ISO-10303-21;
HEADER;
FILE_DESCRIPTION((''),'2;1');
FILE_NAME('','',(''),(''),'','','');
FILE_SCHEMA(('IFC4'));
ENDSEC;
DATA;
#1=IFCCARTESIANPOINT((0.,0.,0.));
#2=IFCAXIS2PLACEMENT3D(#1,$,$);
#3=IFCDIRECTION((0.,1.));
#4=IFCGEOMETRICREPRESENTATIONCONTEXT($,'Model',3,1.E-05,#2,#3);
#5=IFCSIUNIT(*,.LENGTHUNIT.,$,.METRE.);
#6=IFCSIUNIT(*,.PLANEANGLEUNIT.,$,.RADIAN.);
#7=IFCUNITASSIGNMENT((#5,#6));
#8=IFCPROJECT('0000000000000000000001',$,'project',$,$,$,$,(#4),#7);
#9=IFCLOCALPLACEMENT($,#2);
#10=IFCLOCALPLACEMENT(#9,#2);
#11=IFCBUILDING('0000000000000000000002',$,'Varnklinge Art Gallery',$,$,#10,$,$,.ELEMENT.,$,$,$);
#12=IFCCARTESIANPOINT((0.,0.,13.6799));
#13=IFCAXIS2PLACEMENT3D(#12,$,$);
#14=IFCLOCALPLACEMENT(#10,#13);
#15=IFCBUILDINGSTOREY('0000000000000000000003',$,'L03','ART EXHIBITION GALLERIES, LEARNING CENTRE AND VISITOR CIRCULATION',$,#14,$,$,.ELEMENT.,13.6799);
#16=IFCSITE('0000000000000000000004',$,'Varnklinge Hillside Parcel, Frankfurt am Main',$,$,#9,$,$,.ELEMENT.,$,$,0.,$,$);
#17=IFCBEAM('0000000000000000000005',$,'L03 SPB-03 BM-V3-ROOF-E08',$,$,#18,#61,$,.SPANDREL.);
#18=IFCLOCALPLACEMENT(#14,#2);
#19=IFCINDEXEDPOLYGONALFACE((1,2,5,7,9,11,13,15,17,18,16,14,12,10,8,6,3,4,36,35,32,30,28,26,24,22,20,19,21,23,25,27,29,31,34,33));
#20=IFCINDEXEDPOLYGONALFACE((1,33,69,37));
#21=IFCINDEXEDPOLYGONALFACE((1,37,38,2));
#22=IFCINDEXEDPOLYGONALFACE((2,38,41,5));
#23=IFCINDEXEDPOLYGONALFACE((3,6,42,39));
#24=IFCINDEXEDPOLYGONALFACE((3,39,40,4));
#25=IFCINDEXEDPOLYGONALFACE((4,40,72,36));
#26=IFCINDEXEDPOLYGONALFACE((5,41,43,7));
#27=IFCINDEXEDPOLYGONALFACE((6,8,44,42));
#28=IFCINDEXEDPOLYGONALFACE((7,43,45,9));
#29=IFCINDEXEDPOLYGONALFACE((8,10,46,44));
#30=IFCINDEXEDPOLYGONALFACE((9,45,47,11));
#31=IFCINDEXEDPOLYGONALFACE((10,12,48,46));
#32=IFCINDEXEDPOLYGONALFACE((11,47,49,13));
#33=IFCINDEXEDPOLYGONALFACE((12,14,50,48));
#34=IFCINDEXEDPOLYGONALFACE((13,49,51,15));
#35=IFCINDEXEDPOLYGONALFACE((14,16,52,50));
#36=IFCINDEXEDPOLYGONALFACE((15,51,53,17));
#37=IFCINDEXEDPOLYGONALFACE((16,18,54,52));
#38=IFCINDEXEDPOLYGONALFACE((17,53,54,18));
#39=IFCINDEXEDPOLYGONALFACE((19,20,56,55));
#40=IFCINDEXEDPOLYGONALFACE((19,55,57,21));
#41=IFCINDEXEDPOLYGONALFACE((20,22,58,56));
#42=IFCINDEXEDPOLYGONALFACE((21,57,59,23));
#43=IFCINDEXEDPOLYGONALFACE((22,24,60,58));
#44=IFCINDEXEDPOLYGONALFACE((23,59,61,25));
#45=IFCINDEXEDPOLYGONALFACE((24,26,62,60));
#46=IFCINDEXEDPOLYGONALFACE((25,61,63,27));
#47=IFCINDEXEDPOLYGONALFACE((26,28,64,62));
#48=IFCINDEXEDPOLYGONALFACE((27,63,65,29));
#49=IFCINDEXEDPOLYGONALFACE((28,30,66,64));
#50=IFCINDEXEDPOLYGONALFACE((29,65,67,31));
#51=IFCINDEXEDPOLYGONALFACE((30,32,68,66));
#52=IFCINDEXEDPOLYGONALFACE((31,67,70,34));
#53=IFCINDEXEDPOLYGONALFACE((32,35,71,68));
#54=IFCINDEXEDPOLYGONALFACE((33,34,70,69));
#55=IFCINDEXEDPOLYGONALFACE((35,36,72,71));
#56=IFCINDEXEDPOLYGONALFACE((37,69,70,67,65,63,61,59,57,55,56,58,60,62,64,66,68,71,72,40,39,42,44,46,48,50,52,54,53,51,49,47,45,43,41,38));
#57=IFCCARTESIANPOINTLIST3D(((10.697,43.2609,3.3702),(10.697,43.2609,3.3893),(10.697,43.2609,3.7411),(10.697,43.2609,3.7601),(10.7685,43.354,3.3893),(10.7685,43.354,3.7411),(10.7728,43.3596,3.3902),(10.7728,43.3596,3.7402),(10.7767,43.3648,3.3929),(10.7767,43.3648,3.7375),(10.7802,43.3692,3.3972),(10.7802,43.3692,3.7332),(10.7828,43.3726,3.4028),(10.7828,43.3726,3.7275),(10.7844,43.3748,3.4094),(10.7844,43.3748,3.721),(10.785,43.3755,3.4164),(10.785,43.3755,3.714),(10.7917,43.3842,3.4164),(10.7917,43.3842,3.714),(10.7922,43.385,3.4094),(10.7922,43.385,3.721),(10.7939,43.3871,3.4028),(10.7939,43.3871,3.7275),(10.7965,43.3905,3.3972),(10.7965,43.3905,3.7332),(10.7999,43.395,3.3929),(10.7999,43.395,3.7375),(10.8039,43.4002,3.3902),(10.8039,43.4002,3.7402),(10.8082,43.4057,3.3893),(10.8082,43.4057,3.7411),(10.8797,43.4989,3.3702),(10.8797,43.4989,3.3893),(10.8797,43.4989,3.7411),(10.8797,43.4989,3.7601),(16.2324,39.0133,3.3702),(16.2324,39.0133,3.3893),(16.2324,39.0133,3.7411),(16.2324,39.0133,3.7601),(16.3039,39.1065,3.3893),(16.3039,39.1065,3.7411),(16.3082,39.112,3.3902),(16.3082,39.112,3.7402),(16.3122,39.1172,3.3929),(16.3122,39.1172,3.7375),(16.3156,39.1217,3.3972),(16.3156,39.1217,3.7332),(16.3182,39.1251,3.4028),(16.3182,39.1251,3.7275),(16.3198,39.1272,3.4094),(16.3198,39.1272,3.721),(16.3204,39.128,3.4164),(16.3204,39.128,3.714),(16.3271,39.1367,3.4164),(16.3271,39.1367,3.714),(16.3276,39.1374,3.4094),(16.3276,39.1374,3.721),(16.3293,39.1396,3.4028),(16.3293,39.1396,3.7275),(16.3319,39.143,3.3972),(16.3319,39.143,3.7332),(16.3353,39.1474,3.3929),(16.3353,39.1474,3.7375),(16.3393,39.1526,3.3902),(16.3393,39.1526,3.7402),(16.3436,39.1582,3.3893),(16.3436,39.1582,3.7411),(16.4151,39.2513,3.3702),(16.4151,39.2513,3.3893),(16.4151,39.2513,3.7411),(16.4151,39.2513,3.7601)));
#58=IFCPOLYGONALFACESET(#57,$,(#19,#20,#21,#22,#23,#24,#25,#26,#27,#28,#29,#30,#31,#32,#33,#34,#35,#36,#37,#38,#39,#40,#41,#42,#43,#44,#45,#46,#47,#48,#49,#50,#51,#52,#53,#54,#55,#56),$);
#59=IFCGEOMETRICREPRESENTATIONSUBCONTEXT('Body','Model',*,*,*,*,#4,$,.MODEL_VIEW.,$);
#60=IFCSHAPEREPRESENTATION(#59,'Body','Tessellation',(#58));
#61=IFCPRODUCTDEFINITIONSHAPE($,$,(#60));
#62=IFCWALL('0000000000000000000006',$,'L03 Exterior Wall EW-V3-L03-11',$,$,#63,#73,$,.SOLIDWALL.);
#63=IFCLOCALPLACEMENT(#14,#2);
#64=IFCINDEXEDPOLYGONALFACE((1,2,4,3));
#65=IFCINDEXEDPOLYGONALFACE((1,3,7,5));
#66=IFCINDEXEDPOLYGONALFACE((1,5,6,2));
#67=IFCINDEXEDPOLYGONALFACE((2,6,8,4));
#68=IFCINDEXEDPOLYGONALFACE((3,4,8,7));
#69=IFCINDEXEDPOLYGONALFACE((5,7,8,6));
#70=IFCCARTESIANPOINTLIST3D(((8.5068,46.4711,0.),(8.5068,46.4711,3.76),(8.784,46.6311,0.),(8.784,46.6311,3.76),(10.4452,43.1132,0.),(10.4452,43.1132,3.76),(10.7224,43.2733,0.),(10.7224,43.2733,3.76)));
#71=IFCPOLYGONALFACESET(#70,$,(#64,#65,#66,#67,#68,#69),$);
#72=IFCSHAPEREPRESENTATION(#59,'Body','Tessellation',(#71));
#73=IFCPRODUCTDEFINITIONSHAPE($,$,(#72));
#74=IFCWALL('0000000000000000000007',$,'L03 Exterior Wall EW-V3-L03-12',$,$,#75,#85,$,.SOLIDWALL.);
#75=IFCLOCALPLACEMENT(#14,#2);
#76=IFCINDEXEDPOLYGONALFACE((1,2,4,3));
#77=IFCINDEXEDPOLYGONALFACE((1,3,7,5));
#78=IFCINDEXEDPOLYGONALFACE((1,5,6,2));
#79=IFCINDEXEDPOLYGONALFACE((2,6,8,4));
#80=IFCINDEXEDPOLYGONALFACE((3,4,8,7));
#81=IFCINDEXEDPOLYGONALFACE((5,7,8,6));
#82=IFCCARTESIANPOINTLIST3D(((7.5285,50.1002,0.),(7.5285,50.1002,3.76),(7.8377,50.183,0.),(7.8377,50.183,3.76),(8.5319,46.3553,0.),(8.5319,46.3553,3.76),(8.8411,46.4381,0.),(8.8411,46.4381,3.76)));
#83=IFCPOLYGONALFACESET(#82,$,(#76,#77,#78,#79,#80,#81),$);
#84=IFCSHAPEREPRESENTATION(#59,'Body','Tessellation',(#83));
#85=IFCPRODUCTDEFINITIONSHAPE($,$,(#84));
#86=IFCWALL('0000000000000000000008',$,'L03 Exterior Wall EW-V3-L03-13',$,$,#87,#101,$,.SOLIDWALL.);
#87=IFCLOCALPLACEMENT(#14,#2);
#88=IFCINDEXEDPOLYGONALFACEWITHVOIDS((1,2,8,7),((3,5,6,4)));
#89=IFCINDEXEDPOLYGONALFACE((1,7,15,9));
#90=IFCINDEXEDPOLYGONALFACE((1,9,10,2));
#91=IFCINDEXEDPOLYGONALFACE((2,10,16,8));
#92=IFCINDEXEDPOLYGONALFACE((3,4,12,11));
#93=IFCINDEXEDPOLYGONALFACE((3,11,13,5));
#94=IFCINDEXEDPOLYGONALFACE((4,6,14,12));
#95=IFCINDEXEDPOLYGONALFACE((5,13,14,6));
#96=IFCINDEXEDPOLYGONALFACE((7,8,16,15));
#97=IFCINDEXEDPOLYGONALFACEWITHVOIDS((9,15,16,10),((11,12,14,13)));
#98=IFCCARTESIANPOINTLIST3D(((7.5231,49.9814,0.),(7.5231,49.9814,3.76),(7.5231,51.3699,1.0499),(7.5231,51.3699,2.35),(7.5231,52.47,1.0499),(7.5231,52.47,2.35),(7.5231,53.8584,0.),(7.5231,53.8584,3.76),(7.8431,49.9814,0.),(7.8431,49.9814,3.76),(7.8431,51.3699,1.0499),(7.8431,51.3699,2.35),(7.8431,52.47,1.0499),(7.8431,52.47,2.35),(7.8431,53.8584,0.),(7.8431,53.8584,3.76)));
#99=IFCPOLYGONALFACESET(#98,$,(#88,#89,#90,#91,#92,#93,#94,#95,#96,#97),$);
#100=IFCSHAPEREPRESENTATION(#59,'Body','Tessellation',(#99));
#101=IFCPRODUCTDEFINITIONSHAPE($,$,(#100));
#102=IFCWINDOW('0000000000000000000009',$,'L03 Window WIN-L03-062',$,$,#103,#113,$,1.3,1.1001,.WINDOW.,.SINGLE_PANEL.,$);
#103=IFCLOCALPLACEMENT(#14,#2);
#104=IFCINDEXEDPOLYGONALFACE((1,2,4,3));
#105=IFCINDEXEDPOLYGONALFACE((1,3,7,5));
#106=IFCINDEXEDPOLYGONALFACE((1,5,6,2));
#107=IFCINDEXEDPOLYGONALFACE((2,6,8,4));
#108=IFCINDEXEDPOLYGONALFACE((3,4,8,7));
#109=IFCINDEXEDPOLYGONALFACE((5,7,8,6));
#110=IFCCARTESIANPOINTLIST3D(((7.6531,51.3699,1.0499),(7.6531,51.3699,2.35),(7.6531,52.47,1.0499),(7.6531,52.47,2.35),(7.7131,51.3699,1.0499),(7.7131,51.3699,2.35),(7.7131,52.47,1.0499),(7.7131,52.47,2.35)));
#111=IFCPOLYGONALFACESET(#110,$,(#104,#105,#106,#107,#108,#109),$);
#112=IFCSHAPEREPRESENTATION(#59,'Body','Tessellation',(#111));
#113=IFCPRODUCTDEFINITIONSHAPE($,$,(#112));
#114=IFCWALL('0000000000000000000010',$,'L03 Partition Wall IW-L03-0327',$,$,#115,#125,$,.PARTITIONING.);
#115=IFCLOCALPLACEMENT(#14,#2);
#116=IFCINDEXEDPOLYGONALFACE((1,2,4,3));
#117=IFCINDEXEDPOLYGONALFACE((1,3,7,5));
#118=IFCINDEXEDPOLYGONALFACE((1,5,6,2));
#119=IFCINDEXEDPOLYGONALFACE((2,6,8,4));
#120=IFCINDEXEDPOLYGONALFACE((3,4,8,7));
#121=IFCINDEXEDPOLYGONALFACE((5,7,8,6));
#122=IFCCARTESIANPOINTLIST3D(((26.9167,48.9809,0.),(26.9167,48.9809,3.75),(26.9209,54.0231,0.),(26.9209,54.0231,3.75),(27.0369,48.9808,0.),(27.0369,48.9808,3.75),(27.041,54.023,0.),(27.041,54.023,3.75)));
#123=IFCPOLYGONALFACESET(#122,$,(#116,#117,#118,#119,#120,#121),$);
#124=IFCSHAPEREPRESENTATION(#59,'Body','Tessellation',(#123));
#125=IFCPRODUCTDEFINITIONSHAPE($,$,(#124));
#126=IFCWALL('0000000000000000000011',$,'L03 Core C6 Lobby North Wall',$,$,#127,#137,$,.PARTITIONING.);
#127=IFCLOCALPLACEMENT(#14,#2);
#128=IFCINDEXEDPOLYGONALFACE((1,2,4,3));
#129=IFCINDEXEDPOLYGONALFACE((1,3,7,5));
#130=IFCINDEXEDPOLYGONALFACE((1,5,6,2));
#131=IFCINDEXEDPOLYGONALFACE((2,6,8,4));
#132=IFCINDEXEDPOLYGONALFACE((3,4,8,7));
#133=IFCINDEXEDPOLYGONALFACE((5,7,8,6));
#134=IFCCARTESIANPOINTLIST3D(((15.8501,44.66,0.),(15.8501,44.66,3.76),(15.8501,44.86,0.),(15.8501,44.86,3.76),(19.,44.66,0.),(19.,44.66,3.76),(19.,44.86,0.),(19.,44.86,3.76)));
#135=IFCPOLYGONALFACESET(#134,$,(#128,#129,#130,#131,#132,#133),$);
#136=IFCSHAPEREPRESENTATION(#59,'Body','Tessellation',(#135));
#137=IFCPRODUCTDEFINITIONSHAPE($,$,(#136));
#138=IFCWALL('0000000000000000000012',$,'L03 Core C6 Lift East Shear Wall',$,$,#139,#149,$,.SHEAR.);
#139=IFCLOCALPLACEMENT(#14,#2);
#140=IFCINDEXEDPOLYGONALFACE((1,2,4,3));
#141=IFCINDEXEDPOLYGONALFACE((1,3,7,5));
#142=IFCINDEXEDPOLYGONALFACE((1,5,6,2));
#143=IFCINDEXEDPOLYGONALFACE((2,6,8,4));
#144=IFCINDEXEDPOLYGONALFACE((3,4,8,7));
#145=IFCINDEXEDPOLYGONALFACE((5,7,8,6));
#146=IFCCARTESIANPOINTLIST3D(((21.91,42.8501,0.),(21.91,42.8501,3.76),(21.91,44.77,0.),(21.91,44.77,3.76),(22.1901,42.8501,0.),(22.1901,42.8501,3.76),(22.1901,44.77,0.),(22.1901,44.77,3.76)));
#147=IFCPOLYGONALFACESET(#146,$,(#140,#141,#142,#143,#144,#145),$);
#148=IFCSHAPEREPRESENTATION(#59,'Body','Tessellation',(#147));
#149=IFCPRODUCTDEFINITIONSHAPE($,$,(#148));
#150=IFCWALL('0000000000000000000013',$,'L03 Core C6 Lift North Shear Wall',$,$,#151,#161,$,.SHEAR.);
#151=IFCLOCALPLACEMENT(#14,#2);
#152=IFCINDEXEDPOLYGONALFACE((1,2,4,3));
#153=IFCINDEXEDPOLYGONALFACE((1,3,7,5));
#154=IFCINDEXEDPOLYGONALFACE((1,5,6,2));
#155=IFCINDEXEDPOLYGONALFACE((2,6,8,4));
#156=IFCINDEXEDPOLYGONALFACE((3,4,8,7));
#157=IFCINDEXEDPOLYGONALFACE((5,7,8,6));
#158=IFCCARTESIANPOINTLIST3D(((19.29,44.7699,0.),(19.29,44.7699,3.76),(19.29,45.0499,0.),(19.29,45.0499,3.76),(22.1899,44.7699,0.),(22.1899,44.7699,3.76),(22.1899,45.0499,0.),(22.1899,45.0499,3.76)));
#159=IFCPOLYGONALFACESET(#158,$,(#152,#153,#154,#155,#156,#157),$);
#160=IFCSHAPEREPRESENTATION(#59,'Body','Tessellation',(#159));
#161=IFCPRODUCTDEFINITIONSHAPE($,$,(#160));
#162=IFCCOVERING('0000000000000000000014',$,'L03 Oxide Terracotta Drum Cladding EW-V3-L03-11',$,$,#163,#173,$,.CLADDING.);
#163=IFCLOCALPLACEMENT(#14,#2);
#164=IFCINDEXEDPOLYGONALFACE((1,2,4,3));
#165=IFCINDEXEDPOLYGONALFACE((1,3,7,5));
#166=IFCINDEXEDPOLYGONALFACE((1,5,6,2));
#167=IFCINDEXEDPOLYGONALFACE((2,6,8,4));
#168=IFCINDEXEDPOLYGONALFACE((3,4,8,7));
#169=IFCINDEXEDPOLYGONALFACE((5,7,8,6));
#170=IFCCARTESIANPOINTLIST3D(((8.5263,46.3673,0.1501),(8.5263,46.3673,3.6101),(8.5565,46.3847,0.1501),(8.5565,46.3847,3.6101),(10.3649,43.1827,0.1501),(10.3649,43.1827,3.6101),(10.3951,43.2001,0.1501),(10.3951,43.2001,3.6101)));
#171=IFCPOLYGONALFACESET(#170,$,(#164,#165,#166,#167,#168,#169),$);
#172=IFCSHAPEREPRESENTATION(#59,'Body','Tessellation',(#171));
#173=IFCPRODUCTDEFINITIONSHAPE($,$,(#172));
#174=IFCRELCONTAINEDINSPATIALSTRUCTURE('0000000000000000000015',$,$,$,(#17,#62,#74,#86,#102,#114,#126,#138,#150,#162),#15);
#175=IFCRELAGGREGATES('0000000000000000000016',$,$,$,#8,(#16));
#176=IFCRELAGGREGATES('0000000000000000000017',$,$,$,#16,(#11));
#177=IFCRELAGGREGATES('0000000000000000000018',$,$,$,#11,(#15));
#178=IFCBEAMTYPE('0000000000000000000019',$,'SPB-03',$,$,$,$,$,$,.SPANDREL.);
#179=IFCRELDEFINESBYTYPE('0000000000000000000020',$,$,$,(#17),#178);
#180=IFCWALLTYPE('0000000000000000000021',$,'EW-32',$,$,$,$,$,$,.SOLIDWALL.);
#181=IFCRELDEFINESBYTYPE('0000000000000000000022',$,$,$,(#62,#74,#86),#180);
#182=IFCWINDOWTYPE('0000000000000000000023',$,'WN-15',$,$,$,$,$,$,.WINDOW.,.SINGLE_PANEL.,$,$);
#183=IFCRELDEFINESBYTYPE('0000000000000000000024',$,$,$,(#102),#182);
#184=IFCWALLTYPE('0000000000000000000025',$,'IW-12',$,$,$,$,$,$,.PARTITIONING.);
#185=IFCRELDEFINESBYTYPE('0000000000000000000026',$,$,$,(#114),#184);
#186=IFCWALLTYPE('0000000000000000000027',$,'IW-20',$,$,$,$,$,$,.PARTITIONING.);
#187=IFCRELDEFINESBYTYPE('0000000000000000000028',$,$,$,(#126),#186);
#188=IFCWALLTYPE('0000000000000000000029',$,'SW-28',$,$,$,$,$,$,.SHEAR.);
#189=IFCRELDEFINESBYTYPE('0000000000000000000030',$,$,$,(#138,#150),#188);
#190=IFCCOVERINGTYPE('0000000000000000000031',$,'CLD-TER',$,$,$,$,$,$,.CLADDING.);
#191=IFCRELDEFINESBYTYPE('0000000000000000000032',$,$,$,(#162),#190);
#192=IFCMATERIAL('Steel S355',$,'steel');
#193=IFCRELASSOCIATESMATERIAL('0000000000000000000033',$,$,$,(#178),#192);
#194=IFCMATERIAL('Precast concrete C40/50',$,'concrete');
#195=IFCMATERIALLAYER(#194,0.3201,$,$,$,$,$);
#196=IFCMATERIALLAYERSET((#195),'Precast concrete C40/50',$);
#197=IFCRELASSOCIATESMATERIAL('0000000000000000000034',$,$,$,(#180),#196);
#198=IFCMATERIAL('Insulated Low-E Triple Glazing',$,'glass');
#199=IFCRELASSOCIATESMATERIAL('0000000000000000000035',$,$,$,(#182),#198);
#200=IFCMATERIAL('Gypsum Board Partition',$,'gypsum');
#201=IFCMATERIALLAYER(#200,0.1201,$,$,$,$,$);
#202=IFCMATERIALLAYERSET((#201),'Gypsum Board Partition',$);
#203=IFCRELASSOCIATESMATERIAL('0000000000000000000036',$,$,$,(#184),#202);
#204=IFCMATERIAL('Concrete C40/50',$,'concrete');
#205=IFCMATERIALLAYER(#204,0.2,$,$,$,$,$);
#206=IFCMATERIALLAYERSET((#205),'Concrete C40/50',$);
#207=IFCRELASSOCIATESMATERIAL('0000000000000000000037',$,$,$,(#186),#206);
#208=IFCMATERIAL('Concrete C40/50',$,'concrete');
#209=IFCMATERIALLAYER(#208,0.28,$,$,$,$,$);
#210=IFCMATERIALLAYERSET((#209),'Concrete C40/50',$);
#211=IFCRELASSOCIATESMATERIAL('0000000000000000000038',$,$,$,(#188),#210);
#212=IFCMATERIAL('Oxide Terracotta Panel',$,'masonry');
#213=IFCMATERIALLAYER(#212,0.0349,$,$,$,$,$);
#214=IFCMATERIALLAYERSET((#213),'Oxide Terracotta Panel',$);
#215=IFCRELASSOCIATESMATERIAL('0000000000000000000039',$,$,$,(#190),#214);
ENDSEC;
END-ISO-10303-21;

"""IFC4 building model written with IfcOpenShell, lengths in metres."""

from ifc_helpers import new_model, si_unit, direction, frame, frame_2d, origin, origin_2d, place, context, subcontext, project, spatial, rectangle, i_section, extrude, material, layer, layer_set, material_profile, profile_set, type_object, element, fill, save


model = new_model("IFC4")

# Units and contexts
model_context = context("Model", 3, precision=1e-05, world=origin(), true_north=direction((0.0, 1.0)))
body_context = subcontext(model_context, "Body", "Model", "MODEL_VIEW")
ifc_project = project(units=[si_unit("LENGTHUNIT", "METRE"), si_unit("PLANEANGLEUNIT", "RADIAN")], contexts=[model_context])

# Site, building, storey
site_placement = place(None, origin())
site = spatial("IfcSite", under=ifc_project, at=site_placement, Name="Varnklinge Hillside Parcel, Frankfurt am Main", CompositionType="ELEMENT", RefElevation=0.0)
building_placement = place(site_placement, origin())
building = spatial("IfcBuilding", under=site, at=building_placement, Name="Varnklinge Art Gallery", CompositionType="ELEMENT")
storey_placement = place(building_placement, frame((0.0, 0.0, 13.6799)))
storey = spatial("IfcBuildingStorey", under=building, at=storey_placement, Name="L03", Description="ART EXHIBITION GALLERIES, LEARNING CENTRE AND VISITOR CIRCULATION", CompositionType="ELEMENT", Elevation=13.6799)

# Beam
ifc_material_1 = material(Name="Steel S355", Category="steel")
ifc_material_profile_1 = material_profile(ifc_material_1, i_section(OverallWidth=0.3, OverallDepth=0.3899, WebThickness=0.011, FlangeThickness=0.019, FilletRadius=0.0271, at=origin_2d()), Name="HEA 400")
ifc_profile_set_1 = profile_set([ifc_material_profile_1], Name="Steel S355")
beam_type = type_object("IfcBeamType", Name="SPB-03", PredefinedType="SPANDREL", material=ifc_profile_set_1)
for number, where, z_axis, x_axis, name in (
    (1, (10.7883, 43.3799, 3.5652), (0.793347, -0.60877, 0.0), (0.60877, 0.793347, 0.0), "L03 SPB-03 BM-V3-ROOF-E08"),
):
    element("IfcBeam", number, at=place(storey_placement, frame(where, z_axis=z_axis, x_axis=x_axis)), inside=storey, type_object=beam_type, Name=name, PredefinedType="SPANDREL", context=body_context, shape_type="SweptSolid", body=[
        extrude(i_section(OverallWidth=0.3, OverallDepth=0.3899, WebThickness=0.011, FlangeThickness=0.019, FilletRadius=0.0271, at=origin_2d()), origin(), (0.0, 0.0, 1.0), 6.9773),
    ])

# Walls
ifc_material_2 = material(Name="Precast concrete C40/50", Category="concrete")
ifc_layer_1 = layer(ifc_material_2, 0.3201)
ifc_layer_set_1 = layer_set([ifc_layer_1], Name="Precast concrete C40/50")
wall_type_1 = type_object("IfcWallType", Name="EW-32", PredefinedType="SOLIDWALL", material=ifc_layer_set_1)
wall_1_placement = place(storey_placement, frame((10.5837, 43.1934, 0.0), z_axis=(0.0, 0.0, 1.0), x_axis=(-0.499959, 0.866049, 0.0)))
element("IfcWall", 2, at=wall_1_placement, inside=storey, type_object=wall_type_1, Name="L03 Exterior Wall EW-V3-L03-11", PredefinedType="SOLIDWALL", context=body_context, shape_type="SweptSolid", body=[
    extrude(rectangle(XDim=3.8772, YDim=0.3201, at=frame_2d((1.9385, 0.0))), origin(), (0.0, 0.0, 1.0), 3.76),
])
wall_2_placement = place(storey_placement, frame((8.6865, 46.3967, 0.0), z_axis=(0.0, 0.0, 1.0), x_axis=(-0.258815, 0.965927, 0.0)))
element("IfcWall", 3, at=wall_2_placement, inside=storey, type_object=wall_type_1, Name="L03 Exterior Wall EW-V3-L03-12", PredefinedType="SOLIDWALL", context=body_context, shape_type="SweptSolid", body=[
    extrude(rectangle(XDim=3.877, YDim=0.3201, at=frame_2d((1.9385, 0.0))), origin(), (0.0, 0.0, 1.0), 3.76),
])

# Wall, opening, window
wall_3_placement = place(storey_placement, frame((7.6831, 49.9814, 0.0), z_axis=(0.0, 0.0, 1.0), x_axis=(0.0, 1.0, 0.0)))
wall_3 = element("IfcWall", 4, at=wall_3_placement, inside=storey, type_object=wall_type_1, Name="L03 Exterior Wall EW-V3-L03-13", PredefinedType="SOLIDWALL", context=body_context, shape_type="SweptSolid", body=[
    extrude(rectangle(XDim=3.877, YDim=0.3201, at=frame_2d((1.9385, 0.0))), origin(), (0.0, 0.0, 1.0), 3.76),
])
opening_1_placement = place(wall_3_placement, frame((1.3884, 0.0, 1.05)))
opening_1 = element("IfcOpeningElement", 5, at=opening_1_placement, cuts=wall_3, PredefinedType="OPENING", context=body_context, shape_type="SweptSolid", body=[
    extrude(rectangle(XDim=1.1001, YDim=1.3, at=frame_2d((0.55, 0.6499))), frame((0.0, 0.1702, 0.0), z_axis=(0.0, -1.0, 0.0), x_axis=(1.0, 0.0, 0.0)), (0.0, 0.0, 1.0), 0.3401),
])
ifc_material_3 = material(Name="Insulated Low-E Triple Glazing", Category="glass")
window_type = type_object("IfcWindowType", Name="WN-15", PartitioningType="SINGLE_PANEL", PredefinedType="WINDOW", material=ifc_material_3)
window_placement = place(opening_1_placement, origin())
window = element("IfcWindow", 6, at=window_placement, inside=storey, type_object=window_type, Name="L03 Window WIN-L03-062", OverallHeight=1.3, OverallWidth=1.1001, PartitioningType="SINGLE_PANEL", PredefinedType="WINDOW", context=body_context, shape_type="SweptSolid", body=[
    extrude(rectangle(XDim=1.1001, YDim=1.3, at=frame_2d((0.55, 0.6499))), frame((0.0, 0.03, 0.0), z_axis=(0.0, -1.0, 0.0), x_axis=(1.0, 0.0, 0.0)), (0.0, 0.0, 1.0), 0.0601),
])
fill(opening_1, window)

# Walls
ifc_material_4 = material(Name="Gypsum Board Partition", Category="gypsum")
ifc_layer_2 = layer(ifc_material_4, 0.1201)
ifc_layer_set_2 = layer_set([ifc_layer_2], Name="Gypsum Board Partition")
wall_type_2 = type_object("IfcWallType", Name="IW-12", PredefinedType="PARTITIONING", material=ifc_layer_set_2)
wall_4_placement = place(storey_placement, frame((26.9768, 48.981, 0.0), z_axis=(0.0, 0.0, 1.0), x_axis=(0.000823, 1.0, 0.0)))
element("IfcWall", 7, at=wall_4_placement, inside=storey, type_object=wall_type_2, Name="L03 Partition Wall IW-L03-0327", PredefinedType="PARTITIONING", context=body_context, shape_type="SweptSolid", body=[
    extrude(rectangle(XDim=5.0422, YDim=0.1201, at=frame_2d((2.521, 0.0))), origin(), (0.0, 0.0, 1.0), 3.75),
])
ifc_material_5 = material(Name="Concrete C40/50", Category="concrete")
ifc_layer_3 = layer(ifc_material_5, 0.2)
ifc_layer_set_3 = layer_set([ifc_layer_3], Name="Concrete C40/50")
wall_type_3 = type_object("IfcWallType", Name="IW-20", PredefinedType="PARTITIONING", material=ifc_layer_set_3)
wall_5_placement = place(storey_placement, frame((19.0, 44.76, 0.0), z_axis=(0.0, 0.0, 1.0), x_axis=(-1.0, 0.0, 0.0)))
element("IfcWall", 8, at=wall_5_placement, inside=storey, type_object=wall_type_3, Name="L03 Core C6 Lobby North Wall", PredefinedType="PARTITIONING", context=body_context, shape_type="SweptSolid", body=[
    extrude(rectangle(XDim=3.1499, YDim=0.2, at=frame_2d((1.575, 0.0))), origin(), (0.0, 0.0, 1.0), 3.76),
])
ifc_material_6 = material(Name="Concrete C40/50", Category="concrete")
ifc_layer_4 = layer(ifc_material_6, 0.28)
ifc_layer_set_4 = layer_set([ifc_layer_4], Name="Concrete C40/50")
wall_type_4 = type_object("IfcWallType", Name="SW-28", PredefinedType="SHEAR", material=ifc_layer_set_4)
wall_6_placement = place(storey_placement, frame((22.05, 42.8501, 0.0), z_axis=(0.0, 0.0, 1.0), x_axis=(0.0, 1.0, 0.0)))
element("IfcWall", 9, at=wall_6_placement, inside=storey, type_object=wall_type_4, Name="L03 Core C6 Lift East Shear Wall", PredefinedType="SHEAR", context=body_context, shape_type="SweptSolid", body=[
    extrude(rectangle(XDim=1.9199, YDim=0.28, at=frame_2d((0.96, 0.0))), origin(), (0.0, 0.0, 1.0), 3.76),
])
wall_7_placement = place(storey_placement, frame((22.1899, 44.9099, 0.0), z_axis=(0.0, 0.0, 1.0), x_axis=(-1.0, 0.0, 0.0)))
element("IfcWall", 10, at=wall_7_placement, inside=storey, type_object=wall_type_4, Name="L03 Core C6 Lift North Shear Wall", PredefinedType="SHEAR", context=body_context, shape_type="SweptSolid", body=[
    extrude(rectangle(XDim=2.8999, YDim=0.28, at=frame_2d((1.45, 0.0))), origin(), (0.0, 0.0, 1.0), 3.76),
])

# Covering
ifc_material_7 = material(Name="Oxide Terracotta Panel", Category="masonry")
ifc_layer_5 = layer(ifc_material_7, 0.0349)
ifc_layer_set_5 = layer_set([ifc_layer_5], Name="Oxide Terracotta Panel")
covering_type = type_object("IfcCoveringType", Name="CLD-TER", PredefinedType="CLADDING", material=ifc_layer_set_5)
covering_1_placement = place(storey_placement, frame((9.4607, 44.7837, 0.1501), z_axis=(0.0, 0.0, 1.0), x_axis=(-0.5, 0.866025, 0.0)))
element("IfcCovering", 11, at=covering_1_placement, inside=storey, type_object=covering_type, Name="L03 Oxide Terracotta Drum Cladding EW-V3-L03-11", PredefinedType="CLADDING", context=body_context, shape_type="SweptSolid", body=[
    extrude(rectangle(XDim=3.6772, YDim=0.0349, at=origin_2d()), origin(), (0.0, 0.0, 1.0), 3.46),
])

save(model, "model.ifc")
